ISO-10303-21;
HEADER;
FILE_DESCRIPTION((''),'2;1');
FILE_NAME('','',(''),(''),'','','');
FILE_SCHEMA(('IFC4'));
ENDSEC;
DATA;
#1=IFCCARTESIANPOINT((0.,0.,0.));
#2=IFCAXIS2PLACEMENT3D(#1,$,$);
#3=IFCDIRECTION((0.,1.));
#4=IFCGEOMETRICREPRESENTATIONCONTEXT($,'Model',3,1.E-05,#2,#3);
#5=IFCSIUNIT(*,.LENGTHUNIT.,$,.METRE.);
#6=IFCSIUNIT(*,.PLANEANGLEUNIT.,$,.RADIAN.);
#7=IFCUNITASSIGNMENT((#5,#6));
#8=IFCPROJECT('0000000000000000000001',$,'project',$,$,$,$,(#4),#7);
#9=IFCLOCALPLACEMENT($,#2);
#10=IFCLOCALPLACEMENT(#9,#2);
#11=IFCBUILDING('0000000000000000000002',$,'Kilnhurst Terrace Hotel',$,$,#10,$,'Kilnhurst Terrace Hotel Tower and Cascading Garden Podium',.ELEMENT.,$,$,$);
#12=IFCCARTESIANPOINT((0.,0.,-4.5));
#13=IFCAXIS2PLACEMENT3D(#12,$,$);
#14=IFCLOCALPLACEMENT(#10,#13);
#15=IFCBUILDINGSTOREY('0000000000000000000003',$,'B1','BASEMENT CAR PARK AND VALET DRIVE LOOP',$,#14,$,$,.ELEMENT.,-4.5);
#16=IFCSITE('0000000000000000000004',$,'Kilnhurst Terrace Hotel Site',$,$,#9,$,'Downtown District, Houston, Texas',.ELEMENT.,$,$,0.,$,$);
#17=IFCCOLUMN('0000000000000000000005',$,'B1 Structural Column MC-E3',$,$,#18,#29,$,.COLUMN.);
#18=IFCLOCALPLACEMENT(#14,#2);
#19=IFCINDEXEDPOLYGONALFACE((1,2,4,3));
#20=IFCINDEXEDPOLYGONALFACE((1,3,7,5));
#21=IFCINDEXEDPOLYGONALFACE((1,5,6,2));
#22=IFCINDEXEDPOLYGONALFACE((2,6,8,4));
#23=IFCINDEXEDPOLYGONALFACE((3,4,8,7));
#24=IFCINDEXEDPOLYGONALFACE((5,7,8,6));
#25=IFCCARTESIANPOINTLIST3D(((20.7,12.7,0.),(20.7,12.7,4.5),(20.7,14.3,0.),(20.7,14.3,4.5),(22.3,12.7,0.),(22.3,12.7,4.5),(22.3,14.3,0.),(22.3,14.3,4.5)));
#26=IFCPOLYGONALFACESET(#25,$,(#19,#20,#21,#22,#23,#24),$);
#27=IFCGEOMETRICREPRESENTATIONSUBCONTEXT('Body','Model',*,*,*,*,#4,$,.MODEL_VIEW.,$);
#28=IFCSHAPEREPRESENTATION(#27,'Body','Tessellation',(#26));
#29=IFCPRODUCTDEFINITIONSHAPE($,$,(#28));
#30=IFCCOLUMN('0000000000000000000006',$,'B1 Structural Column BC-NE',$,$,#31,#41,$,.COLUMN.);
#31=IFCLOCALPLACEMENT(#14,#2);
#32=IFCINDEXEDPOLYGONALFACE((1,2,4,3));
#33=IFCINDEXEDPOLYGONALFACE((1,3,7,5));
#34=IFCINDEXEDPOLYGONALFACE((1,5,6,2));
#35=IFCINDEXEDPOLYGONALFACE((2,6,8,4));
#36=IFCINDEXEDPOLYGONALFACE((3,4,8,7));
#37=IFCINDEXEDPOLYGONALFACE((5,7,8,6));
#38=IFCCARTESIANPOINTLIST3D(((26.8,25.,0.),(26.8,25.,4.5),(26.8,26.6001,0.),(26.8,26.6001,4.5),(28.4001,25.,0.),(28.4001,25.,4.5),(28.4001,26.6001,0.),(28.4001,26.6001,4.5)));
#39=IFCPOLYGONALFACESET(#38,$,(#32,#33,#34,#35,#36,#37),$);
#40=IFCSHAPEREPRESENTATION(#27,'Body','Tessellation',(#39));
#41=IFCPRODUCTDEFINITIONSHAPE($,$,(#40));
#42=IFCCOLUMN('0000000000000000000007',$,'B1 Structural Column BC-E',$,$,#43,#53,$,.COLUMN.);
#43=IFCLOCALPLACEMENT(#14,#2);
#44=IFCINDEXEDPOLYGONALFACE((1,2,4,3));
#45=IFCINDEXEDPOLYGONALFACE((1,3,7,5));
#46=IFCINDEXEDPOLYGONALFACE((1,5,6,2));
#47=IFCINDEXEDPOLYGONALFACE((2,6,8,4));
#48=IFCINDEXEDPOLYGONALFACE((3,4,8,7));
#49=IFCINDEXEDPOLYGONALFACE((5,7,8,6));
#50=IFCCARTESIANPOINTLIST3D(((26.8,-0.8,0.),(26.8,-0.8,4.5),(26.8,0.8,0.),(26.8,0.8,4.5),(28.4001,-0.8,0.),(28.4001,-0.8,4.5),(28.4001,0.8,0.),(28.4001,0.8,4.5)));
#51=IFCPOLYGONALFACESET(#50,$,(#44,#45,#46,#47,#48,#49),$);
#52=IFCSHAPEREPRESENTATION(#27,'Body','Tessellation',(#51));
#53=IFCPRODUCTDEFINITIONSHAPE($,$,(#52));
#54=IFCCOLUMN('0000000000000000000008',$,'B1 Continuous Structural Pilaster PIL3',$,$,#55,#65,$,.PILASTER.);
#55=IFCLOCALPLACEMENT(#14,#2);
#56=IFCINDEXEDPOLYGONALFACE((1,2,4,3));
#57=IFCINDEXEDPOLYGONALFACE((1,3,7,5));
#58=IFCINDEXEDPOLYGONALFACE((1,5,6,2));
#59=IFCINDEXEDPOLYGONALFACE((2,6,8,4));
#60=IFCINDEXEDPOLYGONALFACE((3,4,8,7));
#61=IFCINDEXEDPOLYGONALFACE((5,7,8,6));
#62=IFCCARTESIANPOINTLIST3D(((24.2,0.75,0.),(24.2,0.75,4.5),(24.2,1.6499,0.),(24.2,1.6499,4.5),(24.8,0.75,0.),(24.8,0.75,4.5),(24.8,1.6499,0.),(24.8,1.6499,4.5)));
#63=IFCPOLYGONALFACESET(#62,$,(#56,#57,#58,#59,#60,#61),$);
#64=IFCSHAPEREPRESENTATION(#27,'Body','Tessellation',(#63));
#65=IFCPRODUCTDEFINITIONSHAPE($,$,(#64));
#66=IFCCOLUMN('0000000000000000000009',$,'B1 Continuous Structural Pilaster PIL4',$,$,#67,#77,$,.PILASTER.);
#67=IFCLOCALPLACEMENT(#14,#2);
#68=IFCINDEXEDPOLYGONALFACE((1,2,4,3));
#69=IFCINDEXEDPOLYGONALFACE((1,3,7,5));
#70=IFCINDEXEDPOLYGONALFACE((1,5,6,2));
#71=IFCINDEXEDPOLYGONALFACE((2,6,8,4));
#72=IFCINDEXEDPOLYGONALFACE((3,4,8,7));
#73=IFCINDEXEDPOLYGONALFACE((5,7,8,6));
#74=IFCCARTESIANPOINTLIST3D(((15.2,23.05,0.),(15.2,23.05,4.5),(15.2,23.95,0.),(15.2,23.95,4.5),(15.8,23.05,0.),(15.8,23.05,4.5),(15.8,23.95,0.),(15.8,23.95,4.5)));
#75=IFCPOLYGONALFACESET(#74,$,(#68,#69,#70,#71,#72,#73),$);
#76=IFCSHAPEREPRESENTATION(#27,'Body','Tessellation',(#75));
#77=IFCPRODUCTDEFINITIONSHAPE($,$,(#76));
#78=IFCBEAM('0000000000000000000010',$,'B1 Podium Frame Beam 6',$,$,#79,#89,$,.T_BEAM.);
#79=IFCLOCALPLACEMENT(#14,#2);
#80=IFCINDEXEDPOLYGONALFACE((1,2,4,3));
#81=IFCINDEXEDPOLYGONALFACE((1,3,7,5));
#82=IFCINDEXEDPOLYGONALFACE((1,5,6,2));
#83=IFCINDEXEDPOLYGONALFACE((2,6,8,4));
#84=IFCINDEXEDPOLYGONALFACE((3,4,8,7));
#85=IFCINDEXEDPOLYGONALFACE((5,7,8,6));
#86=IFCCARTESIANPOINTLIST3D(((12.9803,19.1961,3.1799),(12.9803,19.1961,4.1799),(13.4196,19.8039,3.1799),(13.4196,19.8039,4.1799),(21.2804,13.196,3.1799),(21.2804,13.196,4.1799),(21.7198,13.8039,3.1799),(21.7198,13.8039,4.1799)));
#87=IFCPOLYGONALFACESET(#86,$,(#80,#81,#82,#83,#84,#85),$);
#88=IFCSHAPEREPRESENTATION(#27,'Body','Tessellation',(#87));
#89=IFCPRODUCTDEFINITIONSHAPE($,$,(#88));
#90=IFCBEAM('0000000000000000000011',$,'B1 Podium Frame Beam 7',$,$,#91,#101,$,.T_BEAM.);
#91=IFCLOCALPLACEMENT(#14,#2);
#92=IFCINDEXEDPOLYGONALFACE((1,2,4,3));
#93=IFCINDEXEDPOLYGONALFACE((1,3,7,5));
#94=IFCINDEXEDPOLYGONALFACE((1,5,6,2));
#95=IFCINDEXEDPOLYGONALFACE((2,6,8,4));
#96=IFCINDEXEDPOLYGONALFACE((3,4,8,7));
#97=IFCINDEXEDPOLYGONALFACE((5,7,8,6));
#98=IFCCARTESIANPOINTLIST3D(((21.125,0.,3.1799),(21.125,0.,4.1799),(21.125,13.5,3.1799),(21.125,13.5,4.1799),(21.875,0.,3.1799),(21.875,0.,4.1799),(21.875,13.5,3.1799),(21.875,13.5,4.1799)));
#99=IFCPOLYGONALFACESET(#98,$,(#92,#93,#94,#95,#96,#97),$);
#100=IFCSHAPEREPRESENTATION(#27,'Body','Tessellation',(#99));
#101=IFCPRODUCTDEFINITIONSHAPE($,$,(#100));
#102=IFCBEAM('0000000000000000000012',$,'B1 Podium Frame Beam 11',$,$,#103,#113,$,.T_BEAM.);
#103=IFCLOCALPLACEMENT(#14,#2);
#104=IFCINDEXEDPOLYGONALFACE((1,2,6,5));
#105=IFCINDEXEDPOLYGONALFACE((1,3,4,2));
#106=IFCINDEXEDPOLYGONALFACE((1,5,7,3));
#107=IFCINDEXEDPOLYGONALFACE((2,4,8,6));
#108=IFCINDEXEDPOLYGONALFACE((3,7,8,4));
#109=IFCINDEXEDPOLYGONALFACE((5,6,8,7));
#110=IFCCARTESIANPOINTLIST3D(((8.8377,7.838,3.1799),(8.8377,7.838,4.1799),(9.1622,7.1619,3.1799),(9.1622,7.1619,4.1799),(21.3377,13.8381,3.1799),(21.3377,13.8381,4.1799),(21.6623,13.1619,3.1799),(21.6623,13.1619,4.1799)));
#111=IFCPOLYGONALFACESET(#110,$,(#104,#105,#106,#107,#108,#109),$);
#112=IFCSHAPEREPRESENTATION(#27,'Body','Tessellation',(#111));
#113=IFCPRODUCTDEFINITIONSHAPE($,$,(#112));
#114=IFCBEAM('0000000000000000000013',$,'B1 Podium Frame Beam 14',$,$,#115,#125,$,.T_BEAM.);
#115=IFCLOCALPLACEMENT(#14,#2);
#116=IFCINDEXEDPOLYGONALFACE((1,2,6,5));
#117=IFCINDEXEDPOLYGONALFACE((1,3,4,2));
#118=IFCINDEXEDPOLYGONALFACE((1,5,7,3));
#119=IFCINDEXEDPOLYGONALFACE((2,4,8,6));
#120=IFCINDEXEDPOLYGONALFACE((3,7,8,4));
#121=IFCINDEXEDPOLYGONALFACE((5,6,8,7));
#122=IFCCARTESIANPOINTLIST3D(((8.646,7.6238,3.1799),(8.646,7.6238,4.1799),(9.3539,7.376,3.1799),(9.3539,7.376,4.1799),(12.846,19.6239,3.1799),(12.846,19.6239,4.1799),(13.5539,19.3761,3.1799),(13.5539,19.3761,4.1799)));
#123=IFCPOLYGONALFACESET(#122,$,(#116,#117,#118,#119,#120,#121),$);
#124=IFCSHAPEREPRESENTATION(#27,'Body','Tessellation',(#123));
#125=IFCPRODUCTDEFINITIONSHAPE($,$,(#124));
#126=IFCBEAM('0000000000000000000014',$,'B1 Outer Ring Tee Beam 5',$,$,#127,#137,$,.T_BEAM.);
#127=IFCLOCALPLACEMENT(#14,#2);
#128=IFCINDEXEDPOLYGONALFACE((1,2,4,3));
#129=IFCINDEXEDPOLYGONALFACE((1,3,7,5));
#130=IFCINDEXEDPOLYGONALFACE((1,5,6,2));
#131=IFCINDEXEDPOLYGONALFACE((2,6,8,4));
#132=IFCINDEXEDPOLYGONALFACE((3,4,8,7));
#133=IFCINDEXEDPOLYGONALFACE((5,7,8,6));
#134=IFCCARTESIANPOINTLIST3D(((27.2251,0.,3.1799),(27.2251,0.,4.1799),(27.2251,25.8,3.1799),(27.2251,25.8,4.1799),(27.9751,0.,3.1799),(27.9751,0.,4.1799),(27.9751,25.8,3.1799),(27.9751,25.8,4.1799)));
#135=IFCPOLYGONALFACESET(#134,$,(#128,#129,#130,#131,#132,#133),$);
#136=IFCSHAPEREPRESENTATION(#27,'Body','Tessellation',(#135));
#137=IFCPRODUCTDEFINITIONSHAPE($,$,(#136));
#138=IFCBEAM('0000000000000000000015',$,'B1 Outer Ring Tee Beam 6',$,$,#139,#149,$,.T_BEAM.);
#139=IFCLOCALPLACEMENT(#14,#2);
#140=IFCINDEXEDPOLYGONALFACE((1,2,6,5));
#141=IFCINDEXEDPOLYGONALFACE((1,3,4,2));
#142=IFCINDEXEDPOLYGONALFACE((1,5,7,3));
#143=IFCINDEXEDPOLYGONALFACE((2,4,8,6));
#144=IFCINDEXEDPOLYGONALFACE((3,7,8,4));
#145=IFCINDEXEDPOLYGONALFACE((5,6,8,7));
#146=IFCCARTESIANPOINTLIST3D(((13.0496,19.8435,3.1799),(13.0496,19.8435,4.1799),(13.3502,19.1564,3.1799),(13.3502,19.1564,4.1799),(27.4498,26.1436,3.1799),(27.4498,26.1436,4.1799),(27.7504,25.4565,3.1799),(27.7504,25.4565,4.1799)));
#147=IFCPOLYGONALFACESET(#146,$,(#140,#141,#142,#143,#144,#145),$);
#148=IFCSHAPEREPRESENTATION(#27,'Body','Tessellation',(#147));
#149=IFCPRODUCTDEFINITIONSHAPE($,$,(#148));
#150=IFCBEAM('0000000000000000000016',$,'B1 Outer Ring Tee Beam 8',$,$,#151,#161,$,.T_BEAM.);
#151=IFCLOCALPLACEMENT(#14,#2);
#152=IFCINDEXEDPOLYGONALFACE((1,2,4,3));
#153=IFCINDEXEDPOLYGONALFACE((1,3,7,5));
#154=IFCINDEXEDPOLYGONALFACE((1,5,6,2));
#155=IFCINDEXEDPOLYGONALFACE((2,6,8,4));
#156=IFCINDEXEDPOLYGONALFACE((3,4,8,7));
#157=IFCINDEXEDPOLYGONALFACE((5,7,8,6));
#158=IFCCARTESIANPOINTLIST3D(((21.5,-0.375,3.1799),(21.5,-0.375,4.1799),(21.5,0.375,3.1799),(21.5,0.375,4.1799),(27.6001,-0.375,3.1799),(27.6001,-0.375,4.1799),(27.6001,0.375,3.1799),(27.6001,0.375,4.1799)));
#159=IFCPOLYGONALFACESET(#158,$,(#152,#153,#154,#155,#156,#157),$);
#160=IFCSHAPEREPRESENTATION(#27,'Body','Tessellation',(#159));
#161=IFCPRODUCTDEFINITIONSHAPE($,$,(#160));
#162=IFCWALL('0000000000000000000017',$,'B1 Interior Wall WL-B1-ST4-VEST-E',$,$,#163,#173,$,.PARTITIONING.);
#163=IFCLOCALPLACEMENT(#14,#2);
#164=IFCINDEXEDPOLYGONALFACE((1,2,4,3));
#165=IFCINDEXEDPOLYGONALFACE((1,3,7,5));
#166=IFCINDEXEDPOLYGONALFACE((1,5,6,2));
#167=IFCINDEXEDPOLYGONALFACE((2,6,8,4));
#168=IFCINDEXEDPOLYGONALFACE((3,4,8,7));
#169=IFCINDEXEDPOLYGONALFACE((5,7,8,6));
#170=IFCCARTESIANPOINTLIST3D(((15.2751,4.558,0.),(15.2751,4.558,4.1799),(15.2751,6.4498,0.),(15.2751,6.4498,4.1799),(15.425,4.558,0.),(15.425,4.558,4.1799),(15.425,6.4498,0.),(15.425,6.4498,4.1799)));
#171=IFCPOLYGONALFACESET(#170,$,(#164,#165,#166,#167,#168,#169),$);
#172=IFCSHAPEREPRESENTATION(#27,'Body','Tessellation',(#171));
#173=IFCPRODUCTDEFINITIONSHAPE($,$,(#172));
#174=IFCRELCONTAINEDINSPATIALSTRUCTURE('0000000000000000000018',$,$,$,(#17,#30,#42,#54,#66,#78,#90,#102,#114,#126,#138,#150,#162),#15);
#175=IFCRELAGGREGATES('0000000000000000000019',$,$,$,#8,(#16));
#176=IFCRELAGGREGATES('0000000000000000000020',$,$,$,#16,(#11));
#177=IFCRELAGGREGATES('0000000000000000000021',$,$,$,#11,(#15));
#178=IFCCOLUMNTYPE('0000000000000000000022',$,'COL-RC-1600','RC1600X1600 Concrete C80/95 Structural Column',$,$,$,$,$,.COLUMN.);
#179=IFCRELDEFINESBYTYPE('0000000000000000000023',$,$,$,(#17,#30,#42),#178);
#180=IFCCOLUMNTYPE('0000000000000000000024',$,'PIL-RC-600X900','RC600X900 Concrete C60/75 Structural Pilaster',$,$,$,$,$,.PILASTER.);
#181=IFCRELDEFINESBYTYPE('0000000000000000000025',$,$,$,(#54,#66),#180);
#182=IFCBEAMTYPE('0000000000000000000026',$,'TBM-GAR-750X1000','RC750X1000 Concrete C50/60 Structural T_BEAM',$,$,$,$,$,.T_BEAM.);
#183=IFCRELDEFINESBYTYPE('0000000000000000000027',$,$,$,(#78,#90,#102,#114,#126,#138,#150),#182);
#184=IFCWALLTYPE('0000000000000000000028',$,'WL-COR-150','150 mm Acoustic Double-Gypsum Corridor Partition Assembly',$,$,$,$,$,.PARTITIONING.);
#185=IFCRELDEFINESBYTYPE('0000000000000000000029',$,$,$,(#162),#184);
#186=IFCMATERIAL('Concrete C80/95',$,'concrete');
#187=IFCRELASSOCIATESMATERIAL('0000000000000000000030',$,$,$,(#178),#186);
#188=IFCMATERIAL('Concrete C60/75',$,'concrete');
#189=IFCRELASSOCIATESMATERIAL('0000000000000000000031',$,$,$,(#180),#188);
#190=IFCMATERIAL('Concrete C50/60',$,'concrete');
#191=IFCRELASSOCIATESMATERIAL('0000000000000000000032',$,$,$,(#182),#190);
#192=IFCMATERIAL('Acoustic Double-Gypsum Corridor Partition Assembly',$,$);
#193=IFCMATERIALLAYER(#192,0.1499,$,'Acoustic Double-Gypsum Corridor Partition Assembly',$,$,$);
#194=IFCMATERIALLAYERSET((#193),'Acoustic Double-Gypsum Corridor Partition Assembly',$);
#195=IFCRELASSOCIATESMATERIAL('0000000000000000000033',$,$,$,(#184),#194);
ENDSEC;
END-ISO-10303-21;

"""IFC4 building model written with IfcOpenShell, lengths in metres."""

from ifc_helpers import new_model, si_unit, direction, frame, frame_2d, origin, origin_2d, place, context, subcontext, project, spatial, rectangle, extrude, material, layer, layer_set, material_profile, profile_set, type_object, element, save


model = new_model("IFC4")

# Units and contexts
model_context = context("Model", 3, precision=1e-05, world=origin(), true_north=direction((0.0, 1.0)))
body_context = subcontext(model_context, "Body", "Model", "MODEL_VIEW")
ifc_project = project(units=[si_unit("LENGTHUNIT", "METRE"), si_unit("PLANEANGLEUNIT", "RADIAN")], contexts=[model_context])

# Site, building, storey
site_placement = place(None, origin())
site = spatial("IfcSite", under=ifc_project, at=site_placement, Name="Kilnhurst Terrace Hotel Site", LongName="Downtown District, Houston, Texas", CompositionType="ELEMENT", RefElevation=0.0)
building_placement = place(site_placement, origin())
building = spatial("IfcBuilding", under=site, at=building_placement, Name="Kilnhurst Terrace Hotel", LongName="Kilnhurst Terrace Hotel Tower and Cascading Garden Podium", CompositionType="ELEMENT")
storey_placement = place(building_placement, frame((0.0, 0.0, -4.5)))
storey = spatial("IfcBuildingStorey", under=building, at=storey_placement, Name="B1", Description="BASEMENT CAR PARK AND VALET DRIVE LOOP", CompositionType="ELEMENT", Elevation=-4.5)

# Columns
ifc_material_1 = material(Name="Concrete C80/95", Category="concrete")
ifc_material_profile_1 = material_profile(ifc_material_1, rectangle(XDim=1.6001, YDim=1.6001, at=origin_2d()), Name="RC1600X1600")
ifc_profile_set_1 = profile_set([ifc_material_profile_1], Name="Concrete C80/95")
column_type_1 = type_object("IfcColumnType", Name="COL-RC-1600", Description="RC1600X1600 Concrete C80/95 Structural Column", PredefinedType="COLUMN", material=ifc_profile_set_1)
for number, where, z_axis, x_axis, name in (
    (1, (21.5, 13.5, 0.0), (0.0, 0.0, 1.0), (1.0, 0.0, 0.0), "B1 Structural Column MC-E3"),
    (2, (27.6001, 25.8, 0.0), (0.0, 0.0, 1.0), (1.0, 0.0, 0.0), "B1 Structural Column BC-NE"),
    (3, (27.6001, 0.0, 0.0), (0.0, 0.0, 1.0), (1.0, 0.0, 0.0), "B1 Structural Column BC-E"),
):
    element("IfcColumn", number, at=place(storey_placement, frame(where, z_axis=z_axis, x_axis=x_axis)), inside=storey, type_object=column_type_1, Name=name, PredefinedType="COLUMN", context=body_context, shape_type="SweptSolid", body=[
        extrude(rectangle(XDim=1.6001, YDim=1.6001, at=origin_2d()), origin(), (0.0, 0.0, 1.0), 4.5),
    ])
ifc_material_2 = material(Name="Concrete C60/75", Category="concrete")
ifc_material_profile_2 = material_profile(ifc_material_2, rectangle(XDim=0.6001, YDim=0.8999, at=origin_2d()), Name="RC600X900")
ifc_profile_set_2 = profile_set([ifc_material_profile_2], Name="Concrete C60/75")
column_type_2 = type_object("IfcColumnType", Name="PIL-RC-600X900", Description="RC600X900 Concrete C60/75 Structural Pilaster", PredefinedType="PILASTER", material=ifc_profile_set_2)
for number, where, z_axis, x_axis, name in (
    (4, (24.5, 1.2, 0.0), (0.0, 0.0, 1.0), (1.0, 0.0, 0.0), "B1 Continuous Structural Pilaster PIL3"),
    (5, (15.5, 23.5, 0.0), (0.0, 0.0, 1.0), (1.0, 0.0, 0.0), "B1 Continuous Structural Pilaster PIL4"),
):
    element("IfcColumn", number, at=place(storey_placement, frame(where, z_axis=z_axis, x_axis=x_axis)), inside=storey, type_object=column_type_2, Name=name, PredefinedType="PILASTER", context=body_context, shape_type="SweptSolid", body=[
        extrude(rectangle(XDim=0.6001, YDim=0.8999, at=origin_2d()), origin(), (0.0, 0.0, 1.0), 4.5),
    ])

# Beams
ifc_material_3 = material(Name="Concrete C50/60", Category="concrete")
ifc_material_profile_3 = material_profile(ifc_material_3, rectangle(XDim=0.75, YDim=1.0, at=origin_2d()), Name="RC750X1000")
ifc_profile_set_3 = profile_set([ifc_material_profile_3], Name="Concrete C50/60")
beam_type = type_object("IfcBeamType", Name="TBM-GAR-750X1000", Description="RC750X1000 Concrete C50/60 Structural T_BEAM", PredefinedType="T_BEAM", material=ifc_profile_set_3)
beam_1_placement = place(storey_placement, frame((13.2, 19.5, 3.6799), z_axis=(0.810423, -0.585845, 0.0), x_axis=(0.585845, 0.810423, 0.0)))
element("IfcBeam", 6, at=beam_1_placement, inside=storey, type_object=beam_type, Name="B1 Podium Frame Beam 6", PredefinedType="T_BEAM", context=body_context, shape_type="SweptSolid", body=[
    extrude(rectangle(XDim=0.75, YDim=1.0, at=origin_2d()), origin(), (0.0, 0.0, 1.0), 10.2417),
])
beam_2_placement = place(storey_placement, frame((21.5, 13.5, 3.6799), z_axis=(0.0, -1.0, 0.0), x_axis=(1.0, 0.0, 0.0)))
element("IfcBeam", 7, at=beam_2_placement, inside=storey, type_object=beam_type, Name="B1 Podium Frame Beam 7", PredefinedType="T_BEAM", context=body_context, shape_type="SweptSolid", body=[
    extrude(rectangle(XDim=0.75, YDim=1.0, at=origin_2d()), origin(), (0.0, 0.0, 1.0), 13.5),
])
beam_3_placement = place(storey_placement, frame((21.5, 13.5, 3.6799), z_axis=(-0.901523, -0.432731, 0.0), x_axis=(0.432731, -0.901523, 0.0)))
element("IfcBeam", 8, at=beam_3_placement, inside=storey, type_object=beam_type, Name="B1 Podium Frame Beam 11", PredefinedType="T_BEAM", context=body_context, shape_type="SweptSolid", body=[
    extrude(rectangle(XDim=0.75, YDim=1.0, at=origin_2d()), origin(), (0.0, 0.0, 1.0), 13.8655),
])
beam_4_placement = place(storey_placement, frame((13.2, 19.5, 3.6799), z_axis=(-0.330347, -0.94386, 0.0), x_axis=(0.94386, -0.330347, 0.0)))
element("IfcBeam", 9, at=beam_4_placement, inside=storey, type_object=beam_type, Name="B1 Podium Frame Beam 14", PredefinedType="T_BEAM", context=body_context, shape_type="SweptSolid", body=[
    extrude(rectangle(XDim=0.75, YDim=1.0, at=origin_2d()), origin(), (0.0, 0.0, 1.0), 12.7139),
])
beam_5_placement = place(storey_placement, frame((27.6001, 0.0, 3.6799), z_axis=(0.0, 1.0, 0.0), x_axis=(-1.0, 0.0, 0.0)))
element("IfcBeam", 10, at=beam_5_placement, inside=storey, type_object=beam_type, Name="B1 Outer Ring Tee Beam 5", PredefinedType="T_BEAM", context=body_context, shape_type="SweptSolid", body=[
    extrude(rectangle(XDim=0.75, YDim=1.0, at=origin_2d()), origin(), (0.0, 0.0, 1.0), 25.8),
])
beam_6_placement = place(storey_placement, frame((27.6001, 25.8, 3.6799), z_axis=(-0.916158, -0.400818, 0.0), x_axis=(0.400818, -0.916158, 0.0)))
element("IfcBeam", 11, at=beam_6_placement, inside=storey, type_object=beam_type, Name="B1 Outer Ring Tee Beam 6", PredefinedType="T_BEAM", context=body_context, shape_type="SweptSolid", body=[
    extrude(rectangle(XDim=0.75, YDim=1.0, at=origin_2d()), origin(), (0.0, 0.0, 1.0), 15.718),
])
beam_7_placement = place(storey_placement, frame((27.6001, 0.0, 3.6799), z_axis=(-1.0, 0.0, 0.0), x_axis=(0.0, -1.0, 0.0)))
element("IfcBeam", 12, at=beam_7_placement, inside=storey, type_object=beam_type, Name="B1 Outer Ring Tee Beam 8", PredefinedType="T_BEAM", context=body_context, shape_type="SweptSolid", body=[
    extrude(rectangle(XDim=0.75, YDim=1.0, at=origin_2d()), origin(), (0.0, 0.0, 1.0), 6.1001),
])

# Wall
ifc_material_4 = material(Name="Acoustic Double-Gypsum Corridor Partition Assembly")
ifc_layer_1 = layer(ifc_material_4, 0.1499, Name="Acoustic Double-Gypsum Corridor Partition Assembly")
ifc_layer_set_1 = layer_set([ifc_layer_1], Name="Acoustic Double-Gypsum Corridor Partition Assembly")
wall_type_1 = type_object("IfcWallType", Name="WL-COR-150", Description="150 mm Acoustic Double-Gypsum Corridor Partition Assembly", PredefinedType="PARTITIONING", material=ifc_layer_set_1)
wall_1_placement = place(storey_placement, frame((15.3501, 4.5581, 0.0), z_axis=(0.0, 0.0, 1.0), x_axis=(0.0, 1.0, 0.0)))
element("IfcWall", 13, at=wall_1_placement, inside=storey, type_object=wall_type_1, Name="B1 Interior Wall WL-B1-ST4-VEST-E", PredefinedType="PARTITIONING", context=body_context, shape_type="SweptSolid", body=[
    extrude(rectangle(XDim=1.8918, YDim=0.1499, at=frame_2d((0.9458, 0.0))), origin(), (0.0, 0.0, 1.0), 4.1799),
])

save(model, "model.ifc")
